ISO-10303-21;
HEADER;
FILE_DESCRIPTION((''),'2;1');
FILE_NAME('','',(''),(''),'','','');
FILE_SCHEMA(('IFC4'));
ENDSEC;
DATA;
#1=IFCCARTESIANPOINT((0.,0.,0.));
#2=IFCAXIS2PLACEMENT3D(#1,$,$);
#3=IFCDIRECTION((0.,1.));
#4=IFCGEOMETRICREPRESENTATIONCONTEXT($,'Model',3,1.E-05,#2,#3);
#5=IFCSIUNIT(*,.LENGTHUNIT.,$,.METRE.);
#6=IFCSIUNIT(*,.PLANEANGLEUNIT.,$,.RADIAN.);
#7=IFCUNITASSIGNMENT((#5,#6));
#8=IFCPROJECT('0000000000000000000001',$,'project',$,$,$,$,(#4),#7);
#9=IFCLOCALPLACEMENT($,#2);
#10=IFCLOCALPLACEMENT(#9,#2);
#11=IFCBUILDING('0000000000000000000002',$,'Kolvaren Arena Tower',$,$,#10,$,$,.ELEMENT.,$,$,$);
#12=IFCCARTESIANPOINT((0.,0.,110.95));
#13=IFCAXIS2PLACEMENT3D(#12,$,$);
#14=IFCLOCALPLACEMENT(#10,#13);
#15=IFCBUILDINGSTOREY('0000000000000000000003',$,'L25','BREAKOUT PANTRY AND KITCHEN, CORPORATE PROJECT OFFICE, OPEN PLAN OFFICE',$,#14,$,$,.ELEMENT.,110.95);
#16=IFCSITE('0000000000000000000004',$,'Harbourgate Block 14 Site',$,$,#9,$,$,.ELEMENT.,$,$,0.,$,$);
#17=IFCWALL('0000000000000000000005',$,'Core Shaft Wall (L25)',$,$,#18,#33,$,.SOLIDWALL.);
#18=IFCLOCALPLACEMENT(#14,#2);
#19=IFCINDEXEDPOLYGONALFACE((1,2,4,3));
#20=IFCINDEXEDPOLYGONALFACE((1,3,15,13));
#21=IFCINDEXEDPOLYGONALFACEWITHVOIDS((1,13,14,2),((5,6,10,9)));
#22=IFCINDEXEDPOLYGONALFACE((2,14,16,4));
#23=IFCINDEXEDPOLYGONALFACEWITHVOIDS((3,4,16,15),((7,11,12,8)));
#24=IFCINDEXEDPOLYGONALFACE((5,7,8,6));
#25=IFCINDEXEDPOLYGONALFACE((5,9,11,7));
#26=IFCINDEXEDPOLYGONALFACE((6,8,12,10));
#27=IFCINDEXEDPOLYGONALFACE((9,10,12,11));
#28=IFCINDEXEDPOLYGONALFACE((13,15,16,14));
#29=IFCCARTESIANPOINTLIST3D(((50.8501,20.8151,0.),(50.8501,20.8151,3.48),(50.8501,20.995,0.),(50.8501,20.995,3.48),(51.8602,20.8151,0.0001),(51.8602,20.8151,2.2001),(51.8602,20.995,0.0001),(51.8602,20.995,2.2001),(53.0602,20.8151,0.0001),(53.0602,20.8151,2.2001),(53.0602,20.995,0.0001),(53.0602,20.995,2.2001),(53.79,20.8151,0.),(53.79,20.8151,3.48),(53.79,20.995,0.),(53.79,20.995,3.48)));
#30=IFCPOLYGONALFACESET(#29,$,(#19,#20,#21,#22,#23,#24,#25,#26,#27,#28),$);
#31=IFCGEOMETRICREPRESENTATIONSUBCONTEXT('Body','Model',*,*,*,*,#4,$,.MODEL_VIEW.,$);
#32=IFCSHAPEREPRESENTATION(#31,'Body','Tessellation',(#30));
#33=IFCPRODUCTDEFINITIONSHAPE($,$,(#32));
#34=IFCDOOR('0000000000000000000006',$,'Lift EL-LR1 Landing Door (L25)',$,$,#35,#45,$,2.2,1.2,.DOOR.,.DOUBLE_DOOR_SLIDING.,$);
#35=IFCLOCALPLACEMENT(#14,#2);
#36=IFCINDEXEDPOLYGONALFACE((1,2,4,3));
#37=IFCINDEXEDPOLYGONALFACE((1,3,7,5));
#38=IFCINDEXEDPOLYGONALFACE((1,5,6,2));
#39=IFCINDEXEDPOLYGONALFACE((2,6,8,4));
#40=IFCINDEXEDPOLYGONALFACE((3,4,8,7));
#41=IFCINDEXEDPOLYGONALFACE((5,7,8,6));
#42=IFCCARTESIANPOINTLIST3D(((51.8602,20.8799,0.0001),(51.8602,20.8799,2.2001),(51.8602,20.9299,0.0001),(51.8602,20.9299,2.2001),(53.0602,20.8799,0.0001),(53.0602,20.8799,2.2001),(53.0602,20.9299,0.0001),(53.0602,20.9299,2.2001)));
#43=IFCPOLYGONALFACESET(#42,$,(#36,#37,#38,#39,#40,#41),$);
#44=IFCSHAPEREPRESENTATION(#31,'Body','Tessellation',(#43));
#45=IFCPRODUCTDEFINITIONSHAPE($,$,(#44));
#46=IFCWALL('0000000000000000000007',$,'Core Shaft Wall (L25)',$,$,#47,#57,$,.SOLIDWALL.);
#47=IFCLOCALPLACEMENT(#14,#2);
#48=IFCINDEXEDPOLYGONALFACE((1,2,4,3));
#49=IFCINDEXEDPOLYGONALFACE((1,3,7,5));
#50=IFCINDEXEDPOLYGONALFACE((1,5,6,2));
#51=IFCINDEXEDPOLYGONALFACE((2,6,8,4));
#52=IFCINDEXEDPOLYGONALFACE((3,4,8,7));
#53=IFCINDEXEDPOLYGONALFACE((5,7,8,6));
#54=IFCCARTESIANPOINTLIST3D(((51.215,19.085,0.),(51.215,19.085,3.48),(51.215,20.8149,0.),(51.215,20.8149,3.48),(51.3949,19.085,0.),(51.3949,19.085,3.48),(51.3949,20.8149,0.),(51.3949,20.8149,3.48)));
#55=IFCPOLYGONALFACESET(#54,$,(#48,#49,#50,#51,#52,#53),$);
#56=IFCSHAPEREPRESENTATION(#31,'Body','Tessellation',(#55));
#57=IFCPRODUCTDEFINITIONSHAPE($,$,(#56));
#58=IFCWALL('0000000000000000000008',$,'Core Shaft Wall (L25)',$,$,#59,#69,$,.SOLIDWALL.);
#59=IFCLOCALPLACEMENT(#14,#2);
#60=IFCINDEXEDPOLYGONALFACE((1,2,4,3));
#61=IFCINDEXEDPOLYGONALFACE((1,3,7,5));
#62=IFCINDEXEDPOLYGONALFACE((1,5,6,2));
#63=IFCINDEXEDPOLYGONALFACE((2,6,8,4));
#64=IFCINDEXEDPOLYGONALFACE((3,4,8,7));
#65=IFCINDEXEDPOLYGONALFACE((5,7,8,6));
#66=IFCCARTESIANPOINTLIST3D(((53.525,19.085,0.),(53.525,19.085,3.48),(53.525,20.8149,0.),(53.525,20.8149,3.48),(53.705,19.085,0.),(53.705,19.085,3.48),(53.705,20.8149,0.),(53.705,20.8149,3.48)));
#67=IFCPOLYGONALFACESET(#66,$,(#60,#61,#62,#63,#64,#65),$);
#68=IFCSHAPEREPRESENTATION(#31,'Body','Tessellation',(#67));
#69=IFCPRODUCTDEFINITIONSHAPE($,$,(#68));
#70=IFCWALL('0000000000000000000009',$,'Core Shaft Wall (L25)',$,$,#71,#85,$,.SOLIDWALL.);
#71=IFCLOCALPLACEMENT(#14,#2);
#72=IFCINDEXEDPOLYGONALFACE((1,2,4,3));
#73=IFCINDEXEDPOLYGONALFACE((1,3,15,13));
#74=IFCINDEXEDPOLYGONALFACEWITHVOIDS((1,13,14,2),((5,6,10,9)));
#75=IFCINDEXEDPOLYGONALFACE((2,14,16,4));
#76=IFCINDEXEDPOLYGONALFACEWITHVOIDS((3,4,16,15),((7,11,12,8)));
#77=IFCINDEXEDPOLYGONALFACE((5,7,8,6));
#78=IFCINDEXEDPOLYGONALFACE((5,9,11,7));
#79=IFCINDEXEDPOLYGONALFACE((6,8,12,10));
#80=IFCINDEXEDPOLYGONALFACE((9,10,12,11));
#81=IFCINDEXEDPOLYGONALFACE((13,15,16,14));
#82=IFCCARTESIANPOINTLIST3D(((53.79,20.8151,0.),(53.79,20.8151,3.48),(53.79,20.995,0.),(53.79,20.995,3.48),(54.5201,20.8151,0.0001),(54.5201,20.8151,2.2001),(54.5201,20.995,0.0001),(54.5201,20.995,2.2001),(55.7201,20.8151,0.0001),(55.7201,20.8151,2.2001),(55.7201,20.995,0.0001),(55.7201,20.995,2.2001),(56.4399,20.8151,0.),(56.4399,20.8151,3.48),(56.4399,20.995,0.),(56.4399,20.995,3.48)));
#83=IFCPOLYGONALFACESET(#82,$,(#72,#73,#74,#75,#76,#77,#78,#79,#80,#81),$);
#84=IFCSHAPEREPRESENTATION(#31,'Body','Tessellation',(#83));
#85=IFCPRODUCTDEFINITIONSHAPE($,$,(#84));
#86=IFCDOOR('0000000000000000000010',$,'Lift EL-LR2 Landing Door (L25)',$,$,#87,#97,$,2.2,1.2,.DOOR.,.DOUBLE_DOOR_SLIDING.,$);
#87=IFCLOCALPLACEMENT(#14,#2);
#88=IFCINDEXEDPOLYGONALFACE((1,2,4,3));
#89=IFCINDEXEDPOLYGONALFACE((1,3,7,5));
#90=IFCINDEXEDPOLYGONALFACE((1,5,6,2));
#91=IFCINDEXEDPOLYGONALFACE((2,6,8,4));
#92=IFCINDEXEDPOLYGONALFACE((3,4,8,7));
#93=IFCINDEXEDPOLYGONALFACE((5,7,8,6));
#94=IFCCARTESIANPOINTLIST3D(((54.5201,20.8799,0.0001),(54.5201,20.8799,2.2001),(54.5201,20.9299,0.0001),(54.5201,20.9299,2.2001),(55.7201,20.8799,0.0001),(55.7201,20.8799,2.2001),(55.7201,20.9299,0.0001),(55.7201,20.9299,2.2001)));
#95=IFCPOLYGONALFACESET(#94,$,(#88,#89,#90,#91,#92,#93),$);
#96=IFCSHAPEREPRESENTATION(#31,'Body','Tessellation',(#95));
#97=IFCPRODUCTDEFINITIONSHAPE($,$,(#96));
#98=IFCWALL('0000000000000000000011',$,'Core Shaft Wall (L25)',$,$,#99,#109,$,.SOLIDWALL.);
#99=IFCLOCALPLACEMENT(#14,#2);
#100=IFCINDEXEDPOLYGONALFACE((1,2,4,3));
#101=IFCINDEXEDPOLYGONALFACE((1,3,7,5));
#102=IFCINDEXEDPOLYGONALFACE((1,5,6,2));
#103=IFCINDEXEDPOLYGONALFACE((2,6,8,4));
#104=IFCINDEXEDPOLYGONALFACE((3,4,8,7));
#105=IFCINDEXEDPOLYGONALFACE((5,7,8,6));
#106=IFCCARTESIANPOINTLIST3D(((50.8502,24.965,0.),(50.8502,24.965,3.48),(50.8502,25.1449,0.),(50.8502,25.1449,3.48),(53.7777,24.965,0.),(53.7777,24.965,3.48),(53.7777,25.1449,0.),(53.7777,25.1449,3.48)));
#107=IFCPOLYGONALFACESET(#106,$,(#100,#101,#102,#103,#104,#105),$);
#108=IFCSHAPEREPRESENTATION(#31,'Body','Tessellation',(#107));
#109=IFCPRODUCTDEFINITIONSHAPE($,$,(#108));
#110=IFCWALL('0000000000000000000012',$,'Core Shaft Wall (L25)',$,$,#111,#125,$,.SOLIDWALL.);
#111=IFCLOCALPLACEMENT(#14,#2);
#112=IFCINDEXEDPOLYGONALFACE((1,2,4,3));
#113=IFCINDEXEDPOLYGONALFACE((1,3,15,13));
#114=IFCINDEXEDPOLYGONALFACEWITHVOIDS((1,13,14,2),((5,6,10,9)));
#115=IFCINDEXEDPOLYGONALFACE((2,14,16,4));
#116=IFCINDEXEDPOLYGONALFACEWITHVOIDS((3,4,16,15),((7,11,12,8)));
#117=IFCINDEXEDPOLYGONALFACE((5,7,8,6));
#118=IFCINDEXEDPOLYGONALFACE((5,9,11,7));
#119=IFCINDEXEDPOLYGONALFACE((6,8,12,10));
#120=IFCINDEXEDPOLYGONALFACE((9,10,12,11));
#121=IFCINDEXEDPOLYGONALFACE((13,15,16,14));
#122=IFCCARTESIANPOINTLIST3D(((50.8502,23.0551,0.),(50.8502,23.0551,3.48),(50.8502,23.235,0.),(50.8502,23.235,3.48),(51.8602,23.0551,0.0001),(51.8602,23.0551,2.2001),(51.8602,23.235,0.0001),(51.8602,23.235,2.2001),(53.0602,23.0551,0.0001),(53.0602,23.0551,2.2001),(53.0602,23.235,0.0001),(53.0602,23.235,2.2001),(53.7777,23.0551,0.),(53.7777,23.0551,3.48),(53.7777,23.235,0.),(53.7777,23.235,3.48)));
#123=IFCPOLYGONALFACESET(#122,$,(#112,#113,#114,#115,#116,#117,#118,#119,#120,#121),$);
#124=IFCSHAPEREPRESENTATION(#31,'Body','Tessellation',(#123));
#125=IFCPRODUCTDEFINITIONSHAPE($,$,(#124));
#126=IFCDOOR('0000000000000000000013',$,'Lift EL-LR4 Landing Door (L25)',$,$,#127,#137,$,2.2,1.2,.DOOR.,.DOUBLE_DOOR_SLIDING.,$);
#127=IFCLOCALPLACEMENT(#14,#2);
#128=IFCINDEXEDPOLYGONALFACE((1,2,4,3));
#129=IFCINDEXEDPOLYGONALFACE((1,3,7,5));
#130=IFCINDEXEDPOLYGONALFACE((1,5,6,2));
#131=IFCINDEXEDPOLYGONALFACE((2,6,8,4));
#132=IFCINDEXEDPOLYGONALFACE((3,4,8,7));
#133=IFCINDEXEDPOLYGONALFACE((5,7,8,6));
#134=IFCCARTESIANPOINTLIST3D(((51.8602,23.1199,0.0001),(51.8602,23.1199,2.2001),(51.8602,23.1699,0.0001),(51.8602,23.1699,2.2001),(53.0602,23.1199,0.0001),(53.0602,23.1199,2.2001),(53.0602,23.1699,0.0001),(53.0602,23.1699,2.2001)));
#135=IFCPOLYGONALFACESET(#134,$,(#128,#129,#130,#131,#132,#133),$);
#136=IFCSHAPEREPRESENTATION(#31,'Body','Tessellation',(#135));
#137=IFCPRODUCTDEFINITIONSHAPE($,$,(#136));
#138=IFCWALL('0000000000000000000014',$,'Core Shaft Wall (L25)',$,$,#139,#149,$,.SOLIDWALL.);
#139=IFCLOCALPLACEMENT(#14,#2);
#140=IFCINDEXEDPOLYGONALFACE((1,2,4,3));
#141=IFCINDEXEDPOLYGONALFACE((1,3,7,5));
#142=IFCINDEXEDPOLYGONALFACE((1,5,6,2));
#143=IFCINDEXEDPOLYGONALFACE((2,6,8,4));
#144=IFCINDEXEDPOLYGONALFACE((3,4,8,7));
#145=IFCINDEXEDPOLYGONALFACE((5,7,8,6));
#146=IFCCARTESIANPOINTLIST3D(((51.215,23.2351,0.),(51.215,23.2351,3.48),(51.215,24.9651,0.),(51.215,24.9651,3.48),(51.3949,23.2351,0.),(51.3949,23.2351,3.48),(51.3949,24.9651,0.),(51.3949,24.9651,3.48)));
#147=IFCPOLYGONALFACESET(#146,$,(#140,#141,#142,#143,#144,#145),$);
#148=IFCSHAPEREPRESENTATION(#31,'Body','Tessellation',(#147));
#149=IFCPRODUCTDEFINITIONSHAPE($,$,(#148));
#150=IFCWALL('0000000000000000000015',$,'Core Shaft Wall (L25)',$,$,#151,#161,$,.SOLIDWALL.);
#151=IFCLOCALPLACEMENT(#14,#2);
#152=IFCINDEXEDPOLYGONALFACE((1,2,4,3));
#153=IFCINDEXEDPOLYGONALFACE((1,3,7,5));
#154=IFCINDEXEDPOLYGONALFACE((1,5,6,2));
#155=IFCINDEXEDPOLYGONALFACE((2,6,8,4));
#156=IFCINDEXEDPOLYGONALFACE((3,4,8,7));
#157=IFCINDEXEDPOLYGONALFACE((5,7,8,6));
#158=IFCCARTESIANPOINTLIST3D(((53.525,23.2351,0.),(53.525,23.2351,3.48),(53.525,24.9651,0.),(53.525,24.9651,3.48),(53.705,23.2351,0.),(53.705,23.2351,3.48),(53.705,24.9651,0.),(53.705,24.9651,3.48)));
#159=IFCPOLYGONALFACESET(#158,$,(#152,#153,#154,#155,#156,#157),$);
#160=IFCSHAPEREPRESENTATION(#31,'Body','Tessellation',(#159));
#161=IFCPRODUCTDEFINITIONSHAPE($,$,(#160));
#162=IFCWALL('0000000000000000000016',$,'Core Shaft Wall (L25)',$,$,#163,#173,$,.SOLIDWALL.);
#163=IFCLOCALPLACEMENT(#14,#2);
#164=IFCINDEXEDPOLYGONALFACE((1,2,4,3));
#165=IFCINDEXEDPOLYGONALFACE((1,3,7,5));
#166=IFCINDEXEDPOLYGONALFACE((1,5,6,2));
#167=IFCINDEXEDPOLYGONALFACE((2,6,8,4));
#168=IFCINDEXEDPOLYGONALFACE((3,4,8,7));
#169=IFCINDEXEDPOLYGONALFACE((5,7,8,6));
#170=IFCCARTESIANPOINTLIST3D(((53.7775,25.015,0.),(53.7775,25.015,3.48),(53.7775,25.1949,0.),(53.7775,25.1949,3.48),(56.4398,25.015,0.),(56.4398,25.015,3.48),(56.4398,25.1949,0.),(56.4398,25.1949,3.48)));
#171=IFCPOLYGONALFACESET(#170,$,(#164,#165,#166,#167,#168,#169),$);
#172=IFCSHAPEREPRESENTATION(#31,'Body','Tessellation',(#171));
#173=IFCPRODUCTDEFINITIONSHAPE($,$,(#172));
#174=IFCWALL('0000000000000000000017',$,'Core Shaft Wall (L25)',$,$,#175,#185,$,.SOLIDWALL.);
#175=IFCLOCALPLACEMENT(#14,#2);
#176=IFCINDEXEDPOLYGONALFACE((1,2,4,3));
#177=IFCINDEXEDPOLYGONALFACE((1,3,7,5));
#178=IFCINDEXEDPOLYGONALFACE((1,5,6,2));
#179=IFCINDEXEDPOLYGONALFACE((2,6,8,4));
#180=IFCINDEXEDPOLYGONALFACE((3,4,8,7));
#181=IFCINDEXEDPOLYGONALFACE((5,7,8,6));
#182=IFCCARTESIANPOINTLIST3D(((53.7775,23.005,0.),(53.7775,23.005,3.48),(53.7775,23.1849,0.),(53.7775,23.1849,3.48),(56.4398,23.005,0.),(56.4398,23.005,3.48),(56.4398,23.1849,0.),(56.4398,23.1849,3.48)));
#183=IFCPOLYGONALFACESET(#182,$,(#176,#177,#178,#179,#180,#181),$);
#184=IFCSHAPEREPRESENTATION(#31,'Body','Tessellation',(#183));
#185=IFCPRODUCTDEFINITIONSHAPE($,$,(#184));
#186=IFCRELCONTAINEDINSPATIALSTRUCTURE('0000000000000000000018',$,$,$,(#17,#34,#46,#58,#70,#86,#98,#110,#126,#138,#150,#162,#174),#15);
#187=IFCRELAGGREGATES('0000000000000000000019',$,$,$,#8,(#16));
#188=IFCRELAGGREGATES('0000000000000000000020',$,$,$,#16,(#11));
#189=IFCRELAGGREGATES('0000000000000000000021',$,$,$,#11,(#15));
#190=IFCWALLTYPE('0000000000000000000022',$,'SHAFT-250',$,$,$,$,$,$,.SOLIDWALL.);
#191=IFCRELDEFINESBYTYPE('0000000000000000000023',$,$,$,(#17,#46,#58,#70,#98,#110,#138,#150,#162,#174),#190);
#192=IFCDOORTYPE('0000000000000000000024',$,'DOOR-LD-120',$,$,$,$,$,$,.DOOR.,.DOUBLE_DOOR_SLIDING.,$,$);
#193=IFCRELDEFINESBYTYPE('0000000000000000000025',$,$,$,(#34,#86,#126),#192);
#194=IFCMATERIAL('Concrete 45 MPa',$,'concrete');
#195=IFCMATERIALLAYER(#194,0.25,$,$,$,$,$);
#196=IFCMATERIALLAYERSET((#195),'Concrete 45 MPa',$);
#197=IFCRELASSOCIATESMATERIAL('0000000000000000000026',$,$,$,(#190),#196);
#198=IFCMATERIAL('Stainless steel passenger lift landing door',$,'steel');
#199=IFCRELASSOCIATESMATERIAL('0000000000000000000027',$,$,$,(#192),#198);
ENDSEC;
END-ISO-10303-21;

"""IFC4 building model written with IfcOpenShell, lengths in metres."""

from ifc_helpers import new_model, si_unit, direction, frame, frame_2d, origin, place, context, subcontext, project, spatial, rectangle, extrude, material, layer, layer_set, type_object, element, fill, save


model = new_model("IFC4")

# Units and contexts
model_context = context("Model", 3, precision=1e-05, world=origin(), true_north=direction((0.0, 1.0)))
body_context = subcontext(model_context, "Body", "Model", "MODEL_VIEW")
ifc_project = project(units=[si_unit("LENGTHUNIT", "METRE"), si_unit("PLANEANGLEUNIT", "RADIAN")], contexts=[model_context])

# Site, building, storey
site_placement = place(None, origin())
site = spatial("IfcSite", under=ifc_project, at=site_placement, Name="Harbourgate Block 14 Site", CompositionType="ELEMENT", RefElevation=0.0)
building_placement = place(site_placement, origin())
building = spatial("IfcBuilding", under=site, at=building_placement, Name="Kolvaren Arena Tower", CompositionType="ELEMENT")
storey_placement = place(building_placement, frame((0.0, 0.0, 110.95)))
storey = spatial("IfcBuildingStorey", under=building, at=storey_placement, Name="L25", Description="BREAKOUT PANTRY AND KITCHEN, CORPORATE PROJECT OFFICE, OPEN PLAN OFFICE", CompositionType="ELEMENT", Elevation=110.95)

# Wall, opening, door
ifc_material_1 = material(Name="Concrete 45 MPa", Category="concrete")
ifc_layer_1 = layer(ifc_material_1, 0.25)
ifc_layer_set_1 = layer_set([ifc_layer_1], Name="Concrete 45 MPa")
wall_type_1 = type_object("IfcWallType", Name="SHAFT-250", PredefinedType="SOLIDWALL", material=ifc_layer_set_1)
wall_1_placement = place(storey_placement, frame((50.8501, 20.905, 0.0), z_axis=(0.0, 0.0, 1.0), x_axis=(1.0, 0.0, 0.0)))
wall_1 = element("IfcWall", 1, at=wall_1_placement, inside=storey, type_object=wall_type_1, Name="Core Shaft Wall (L25)", PredefinedType="SOLIDWALL", context=body_context, shape_type="SweptSolid", body=[
    extrude(rectangle(XDim=2.9399, YDim=0.1799, at=frame_2d((1.47, 0.0))), origin(), (0.0, 0.0, 1.0), 3.48),
])
opening_1_placement = place(wall_1_placement, frame((1.01, 0.0, 0.0)))
opening_1 = element("IfcOpeningElement", 2, at=opening_1_placement, cuts=wall_1, PredefinedType="OPENING", context=body_context, shape_type="SweptSolid", body=[
    extrude(rectangle(XDim=1.2, YDim=2.2, at=frame_2d((0.6001, 1.1001))), frame((0.0, 0.0999, 0.0), z_axis=(0.0, -1.0, 0.0), x_axis=(1.0, 0.0, 0.0)), (0.0, 0.0, 1.0), 0.2),
])
ifc_material_2 = material(Name="Stainless steel passenger lift landing door", Category="steel")
door_type_1 = type_object("IfcDoorType", Name="DOOR-LD-120", OperationType="DOUBLE_DOOR_SLIDING", PredefinedType="DOOR", material=ifc_material_2)
door_1_placement = place(opening_1_placement, origin())
door_1 = element("IfcDoor", 3, at=door_1_placement, inside=storey, type_object=door_type_1, Name="Lift EL-LR1 Landing Door (L25)", OperationType="DOUBLE_DOOR_SLIDING", OverallHeight=2.2, OverallWidth=1.2, PredefinedType="DOOR", context=body_context, shape_type="SweptSolid", body=[
    extrude(rectangle(XDim=1.2, YDim=2.2, at=frame_2d((0.6001, 1.1001))), frame((0.0, 0.0249, 0.0), z_axis=(0.0, -1.0, 0.0), x_axis=(1.0, 0.0, 0.0)), (0.0, 0.0, 1.0), 0.05),
])
fill(opening_1, door_1)

# Walls
for number, where, z_axis, x_axis, name in (
    (4, (51.3049, 19.085, 0.0), (0.0, 0.0, 1.0), (0.0, 1.0, 0.0), "Core Shaft Wall (L25)"),
    (5, (53.615, 19.085, 0.0), (0.0, 0.0, 1.0), (0.0, 1.0, 0.0), "Core Shaft Wall (L25)"),
):
    element("IfcWall", number, at=place(storey_placement, frame(where, z_axis=z_axis, x_axis=x_axis)), inside=storey, type_object=wall_type_1, Name=name, PredefinedType="SOLIDWALL", context=body_context, shape_type="SweptSolid", body=[
        extrude(rectangle(XDim=1.73, YDim=0.1799, at=frame_2d((0.865, 0.0))), origin(), (0.0, 0.0, 1.0), 3.48),
    ])

# Wall, opening, door
wall_2_placement = place(storey_placement, frame((53.79, 20.905, 0.0), z_axis=(0.0, 0.0, 1.0), x_axis=(1.0, 0.0, 0.0)))
wall_2 = element("IfcWall", 6, at=wall_2_placement, inside=storey, type_object=wall_type_1, Name="Core Shaft Wall (L25)", PredefinedType="SOLIDWALL", context=body_context, shape_type="SweptSolid", body=[
    extrude(rectangle(XDim=2.6499, YDim=0.1799, at=frame_2d((1.325, 0.0))), origin(), (0.0, 0.0, 1.0), 3.48),
])
opening_2_placement = place(wall_2_placement, frame((0.73, 0.0, 0.0)))
opening_2 = element("IfcOpeningElement", 7, at=opening_2_placement, cuts=wall_2, PredefinedType="OPENING", context=body_context, shape_type="SweptSolid", body=[
    extrude(rectangle(XDim=1.2, YDim=2.2, at=frame_2d((0.6001, 1.1001))), frame((0.0, 0.0999, 0.0), z_axis=(0.0, -1.0, 0.0), x_axis=(1.0, 0.0, 0.0)), (0.0, 0.0, 1.0), 0.2),
])
door_2_placement = place(opening_2_placement, origin())
door_2 = element("IfcDoor", 8, at=door_2_placement, inside=storey, type_object=door_type_1, Name="Lift EL-LR2 Landing Door (L25)", OperationType="DOUBLE_DOOR_SLIDING", OverallHeight=2.2, OverallWidth=1.2, PredefinedType="DOOR", context=body_context, shape_type="SweptSolid", body=[
    extrude(rectangle(XDim=1.2, YDim=2.2, at=frame_2d((0.6001, 1.1001))), frame((0.0, 0.0249, 0.0), z_axis=(0.0, -1.0, 0.0), x_axis=(1.0, 0.0, 0.0)), (0.0, 0.0, 1.0), 0.05),
])
fill(opening_2, door_2)

# Wall
wall_3_placement = place(storey_placement, frame((50.8501, 25.0549, 0.0), z_axis=(0.0, 0.0, 1.0), x_axis=(1.0, 0.0, 0.0)))
element("IfcWall", 9, at=wall_3_placement, inside=storey, type_object=wall_type_1, Name="Core Shaft Wall (L25)", PredefinedType="SOLIDWALL", context=body_context, shape_type="SweptSolid", body=[
    extrude(rectangle(XDim=2.9275, YDim=0.1799, at=frame_2d((1.4639, 0.0))), origin(), (0.0, 0.0, 1.0), 3.48),
])

# Wall, opening, door
wall_4_placement = place(storey_placement, frame((50.8501, 23.145, 0.0), z_axis=(0.0, 0.0, 1.0), x_axis=(1.0, 0.0, 0.0)))
wall_4 = element("IfcWall", 10, at=wall_4_placement, inside=storey, type_object=wall_type_1, Name="Core Shaft Wall (L25)", PredefinedType="SOLIDWALL", context=body_context, shape_type="SweptSolid", body=[
    extrude(rectangle(XDim=2.9275, YDim=0.1799, at=frame_2d((1.4639, 0.0))), origin(), (0.0, 0.0, 1.0), 3.48),
])
opening_3_placement = place(wall_4_placement, frame((1.01, 0.0, 0.0)))
opening_3 = element("IfcOpeningElement", 11, at=opening_3_placement, cuts=wall_4, PredefinedType="OPENING", context=body_context, shape_type="SweptSolid", body=[
    extrude(rectangle(XDim=1.2, YDim=2.2, at=frame_2d((0.6001, 1.1001))), frame((0.0, 0.0999, 0.0), z_axis=(0.0, -1.0, 0.0), x_axis=(1.0, 0.0, 0.0)), (0.0, 0.0, 1.0), 0.2),
])
door_3_placement = place(opening_3_placement, origin())
door_3 = element("IfcDoor", 12, at=door_3_placement, inside=storey, type_object=door_type_1, Name="Lift EL-LR4 Landing Door (L25)", OperationType="DOUBLE_DOOR_SLIDING", OverallHeight=2.2, OverallWidth=1.2, PredefinedType="DOOR", context=body_context, shape_type="SweptSolid", body=[
    extrude(rectangle(XDim=1.2, YDim=2.2, at=frame_2d((0.6001, 1.1001))), frame((0.0, 0.0249, 0.0), z_axis=(0.0, -1.0, 0.0), x_axis=(1.0, 0.0, 0.0)), (0.0, 0.0, 1.0), 0.05),
])
fill(opening_3, door_3)

# Walls
for number, where, z_axis, x_axis, name in (
    (13, (51.3049, 23.2351, 0.0), (0.0, 0.0, 1.0), (0.0, 1.0, 0.0), "Core Shaft Wall (L25)"),
    (14, (53.615, 23.2351, 0.0), (0.0, 0.0, 1.0), (0.0, 1.0, 0.0), "Core Shaft Wall (L25)"),
):
    element("IfcWall", number, at=place(storey_placement, frame(where, z_axis=z_axis, x_axis=x_axis)), inside=storey, type_object=wall_type_1, Name=name, PredefinedType="SOLIDWALL", context=body_context, shape_type="SweptSolid", body=[
        extrude(rectangle(XDim=1.73, YDim=0.1799, at=frame_2d((0.865, 0.0))), origin(), (0.0, 0.0, 1.0), 3.48),
    ])
for number, where, z_axis, x_axis, name in (
    (15, (53.7776, 25.105, 0.0), (0.0, 0.0, 1.0), (1.0, 0.0, 0.0), "Core Shaft Wall (L25)"),
    (16, (53.7776, 23.095, 0.0), (0.0, 0.0, 1.0), (1.0, 0.0, 0.0), "Core Shaft Wall (L25)"),
):
    element("IfcWall", number, at=place(storey_placement, frame(where, z_axis=z_axis, x_axis=x_axis)), inside=storey, type_object=wall_type_1, Name=name, PredefinedType="SOLIDWALL", context=body_context, shape_type="SweptSolid", body=[
        extrude(rectangle(XDim=2.6624, YDim=0.1799, at=frame_2d((1.3311, 0.0))), origin(), (0.0, 0.0, 1.0), 3.48),
    ])

save(model, "model.ifc")
